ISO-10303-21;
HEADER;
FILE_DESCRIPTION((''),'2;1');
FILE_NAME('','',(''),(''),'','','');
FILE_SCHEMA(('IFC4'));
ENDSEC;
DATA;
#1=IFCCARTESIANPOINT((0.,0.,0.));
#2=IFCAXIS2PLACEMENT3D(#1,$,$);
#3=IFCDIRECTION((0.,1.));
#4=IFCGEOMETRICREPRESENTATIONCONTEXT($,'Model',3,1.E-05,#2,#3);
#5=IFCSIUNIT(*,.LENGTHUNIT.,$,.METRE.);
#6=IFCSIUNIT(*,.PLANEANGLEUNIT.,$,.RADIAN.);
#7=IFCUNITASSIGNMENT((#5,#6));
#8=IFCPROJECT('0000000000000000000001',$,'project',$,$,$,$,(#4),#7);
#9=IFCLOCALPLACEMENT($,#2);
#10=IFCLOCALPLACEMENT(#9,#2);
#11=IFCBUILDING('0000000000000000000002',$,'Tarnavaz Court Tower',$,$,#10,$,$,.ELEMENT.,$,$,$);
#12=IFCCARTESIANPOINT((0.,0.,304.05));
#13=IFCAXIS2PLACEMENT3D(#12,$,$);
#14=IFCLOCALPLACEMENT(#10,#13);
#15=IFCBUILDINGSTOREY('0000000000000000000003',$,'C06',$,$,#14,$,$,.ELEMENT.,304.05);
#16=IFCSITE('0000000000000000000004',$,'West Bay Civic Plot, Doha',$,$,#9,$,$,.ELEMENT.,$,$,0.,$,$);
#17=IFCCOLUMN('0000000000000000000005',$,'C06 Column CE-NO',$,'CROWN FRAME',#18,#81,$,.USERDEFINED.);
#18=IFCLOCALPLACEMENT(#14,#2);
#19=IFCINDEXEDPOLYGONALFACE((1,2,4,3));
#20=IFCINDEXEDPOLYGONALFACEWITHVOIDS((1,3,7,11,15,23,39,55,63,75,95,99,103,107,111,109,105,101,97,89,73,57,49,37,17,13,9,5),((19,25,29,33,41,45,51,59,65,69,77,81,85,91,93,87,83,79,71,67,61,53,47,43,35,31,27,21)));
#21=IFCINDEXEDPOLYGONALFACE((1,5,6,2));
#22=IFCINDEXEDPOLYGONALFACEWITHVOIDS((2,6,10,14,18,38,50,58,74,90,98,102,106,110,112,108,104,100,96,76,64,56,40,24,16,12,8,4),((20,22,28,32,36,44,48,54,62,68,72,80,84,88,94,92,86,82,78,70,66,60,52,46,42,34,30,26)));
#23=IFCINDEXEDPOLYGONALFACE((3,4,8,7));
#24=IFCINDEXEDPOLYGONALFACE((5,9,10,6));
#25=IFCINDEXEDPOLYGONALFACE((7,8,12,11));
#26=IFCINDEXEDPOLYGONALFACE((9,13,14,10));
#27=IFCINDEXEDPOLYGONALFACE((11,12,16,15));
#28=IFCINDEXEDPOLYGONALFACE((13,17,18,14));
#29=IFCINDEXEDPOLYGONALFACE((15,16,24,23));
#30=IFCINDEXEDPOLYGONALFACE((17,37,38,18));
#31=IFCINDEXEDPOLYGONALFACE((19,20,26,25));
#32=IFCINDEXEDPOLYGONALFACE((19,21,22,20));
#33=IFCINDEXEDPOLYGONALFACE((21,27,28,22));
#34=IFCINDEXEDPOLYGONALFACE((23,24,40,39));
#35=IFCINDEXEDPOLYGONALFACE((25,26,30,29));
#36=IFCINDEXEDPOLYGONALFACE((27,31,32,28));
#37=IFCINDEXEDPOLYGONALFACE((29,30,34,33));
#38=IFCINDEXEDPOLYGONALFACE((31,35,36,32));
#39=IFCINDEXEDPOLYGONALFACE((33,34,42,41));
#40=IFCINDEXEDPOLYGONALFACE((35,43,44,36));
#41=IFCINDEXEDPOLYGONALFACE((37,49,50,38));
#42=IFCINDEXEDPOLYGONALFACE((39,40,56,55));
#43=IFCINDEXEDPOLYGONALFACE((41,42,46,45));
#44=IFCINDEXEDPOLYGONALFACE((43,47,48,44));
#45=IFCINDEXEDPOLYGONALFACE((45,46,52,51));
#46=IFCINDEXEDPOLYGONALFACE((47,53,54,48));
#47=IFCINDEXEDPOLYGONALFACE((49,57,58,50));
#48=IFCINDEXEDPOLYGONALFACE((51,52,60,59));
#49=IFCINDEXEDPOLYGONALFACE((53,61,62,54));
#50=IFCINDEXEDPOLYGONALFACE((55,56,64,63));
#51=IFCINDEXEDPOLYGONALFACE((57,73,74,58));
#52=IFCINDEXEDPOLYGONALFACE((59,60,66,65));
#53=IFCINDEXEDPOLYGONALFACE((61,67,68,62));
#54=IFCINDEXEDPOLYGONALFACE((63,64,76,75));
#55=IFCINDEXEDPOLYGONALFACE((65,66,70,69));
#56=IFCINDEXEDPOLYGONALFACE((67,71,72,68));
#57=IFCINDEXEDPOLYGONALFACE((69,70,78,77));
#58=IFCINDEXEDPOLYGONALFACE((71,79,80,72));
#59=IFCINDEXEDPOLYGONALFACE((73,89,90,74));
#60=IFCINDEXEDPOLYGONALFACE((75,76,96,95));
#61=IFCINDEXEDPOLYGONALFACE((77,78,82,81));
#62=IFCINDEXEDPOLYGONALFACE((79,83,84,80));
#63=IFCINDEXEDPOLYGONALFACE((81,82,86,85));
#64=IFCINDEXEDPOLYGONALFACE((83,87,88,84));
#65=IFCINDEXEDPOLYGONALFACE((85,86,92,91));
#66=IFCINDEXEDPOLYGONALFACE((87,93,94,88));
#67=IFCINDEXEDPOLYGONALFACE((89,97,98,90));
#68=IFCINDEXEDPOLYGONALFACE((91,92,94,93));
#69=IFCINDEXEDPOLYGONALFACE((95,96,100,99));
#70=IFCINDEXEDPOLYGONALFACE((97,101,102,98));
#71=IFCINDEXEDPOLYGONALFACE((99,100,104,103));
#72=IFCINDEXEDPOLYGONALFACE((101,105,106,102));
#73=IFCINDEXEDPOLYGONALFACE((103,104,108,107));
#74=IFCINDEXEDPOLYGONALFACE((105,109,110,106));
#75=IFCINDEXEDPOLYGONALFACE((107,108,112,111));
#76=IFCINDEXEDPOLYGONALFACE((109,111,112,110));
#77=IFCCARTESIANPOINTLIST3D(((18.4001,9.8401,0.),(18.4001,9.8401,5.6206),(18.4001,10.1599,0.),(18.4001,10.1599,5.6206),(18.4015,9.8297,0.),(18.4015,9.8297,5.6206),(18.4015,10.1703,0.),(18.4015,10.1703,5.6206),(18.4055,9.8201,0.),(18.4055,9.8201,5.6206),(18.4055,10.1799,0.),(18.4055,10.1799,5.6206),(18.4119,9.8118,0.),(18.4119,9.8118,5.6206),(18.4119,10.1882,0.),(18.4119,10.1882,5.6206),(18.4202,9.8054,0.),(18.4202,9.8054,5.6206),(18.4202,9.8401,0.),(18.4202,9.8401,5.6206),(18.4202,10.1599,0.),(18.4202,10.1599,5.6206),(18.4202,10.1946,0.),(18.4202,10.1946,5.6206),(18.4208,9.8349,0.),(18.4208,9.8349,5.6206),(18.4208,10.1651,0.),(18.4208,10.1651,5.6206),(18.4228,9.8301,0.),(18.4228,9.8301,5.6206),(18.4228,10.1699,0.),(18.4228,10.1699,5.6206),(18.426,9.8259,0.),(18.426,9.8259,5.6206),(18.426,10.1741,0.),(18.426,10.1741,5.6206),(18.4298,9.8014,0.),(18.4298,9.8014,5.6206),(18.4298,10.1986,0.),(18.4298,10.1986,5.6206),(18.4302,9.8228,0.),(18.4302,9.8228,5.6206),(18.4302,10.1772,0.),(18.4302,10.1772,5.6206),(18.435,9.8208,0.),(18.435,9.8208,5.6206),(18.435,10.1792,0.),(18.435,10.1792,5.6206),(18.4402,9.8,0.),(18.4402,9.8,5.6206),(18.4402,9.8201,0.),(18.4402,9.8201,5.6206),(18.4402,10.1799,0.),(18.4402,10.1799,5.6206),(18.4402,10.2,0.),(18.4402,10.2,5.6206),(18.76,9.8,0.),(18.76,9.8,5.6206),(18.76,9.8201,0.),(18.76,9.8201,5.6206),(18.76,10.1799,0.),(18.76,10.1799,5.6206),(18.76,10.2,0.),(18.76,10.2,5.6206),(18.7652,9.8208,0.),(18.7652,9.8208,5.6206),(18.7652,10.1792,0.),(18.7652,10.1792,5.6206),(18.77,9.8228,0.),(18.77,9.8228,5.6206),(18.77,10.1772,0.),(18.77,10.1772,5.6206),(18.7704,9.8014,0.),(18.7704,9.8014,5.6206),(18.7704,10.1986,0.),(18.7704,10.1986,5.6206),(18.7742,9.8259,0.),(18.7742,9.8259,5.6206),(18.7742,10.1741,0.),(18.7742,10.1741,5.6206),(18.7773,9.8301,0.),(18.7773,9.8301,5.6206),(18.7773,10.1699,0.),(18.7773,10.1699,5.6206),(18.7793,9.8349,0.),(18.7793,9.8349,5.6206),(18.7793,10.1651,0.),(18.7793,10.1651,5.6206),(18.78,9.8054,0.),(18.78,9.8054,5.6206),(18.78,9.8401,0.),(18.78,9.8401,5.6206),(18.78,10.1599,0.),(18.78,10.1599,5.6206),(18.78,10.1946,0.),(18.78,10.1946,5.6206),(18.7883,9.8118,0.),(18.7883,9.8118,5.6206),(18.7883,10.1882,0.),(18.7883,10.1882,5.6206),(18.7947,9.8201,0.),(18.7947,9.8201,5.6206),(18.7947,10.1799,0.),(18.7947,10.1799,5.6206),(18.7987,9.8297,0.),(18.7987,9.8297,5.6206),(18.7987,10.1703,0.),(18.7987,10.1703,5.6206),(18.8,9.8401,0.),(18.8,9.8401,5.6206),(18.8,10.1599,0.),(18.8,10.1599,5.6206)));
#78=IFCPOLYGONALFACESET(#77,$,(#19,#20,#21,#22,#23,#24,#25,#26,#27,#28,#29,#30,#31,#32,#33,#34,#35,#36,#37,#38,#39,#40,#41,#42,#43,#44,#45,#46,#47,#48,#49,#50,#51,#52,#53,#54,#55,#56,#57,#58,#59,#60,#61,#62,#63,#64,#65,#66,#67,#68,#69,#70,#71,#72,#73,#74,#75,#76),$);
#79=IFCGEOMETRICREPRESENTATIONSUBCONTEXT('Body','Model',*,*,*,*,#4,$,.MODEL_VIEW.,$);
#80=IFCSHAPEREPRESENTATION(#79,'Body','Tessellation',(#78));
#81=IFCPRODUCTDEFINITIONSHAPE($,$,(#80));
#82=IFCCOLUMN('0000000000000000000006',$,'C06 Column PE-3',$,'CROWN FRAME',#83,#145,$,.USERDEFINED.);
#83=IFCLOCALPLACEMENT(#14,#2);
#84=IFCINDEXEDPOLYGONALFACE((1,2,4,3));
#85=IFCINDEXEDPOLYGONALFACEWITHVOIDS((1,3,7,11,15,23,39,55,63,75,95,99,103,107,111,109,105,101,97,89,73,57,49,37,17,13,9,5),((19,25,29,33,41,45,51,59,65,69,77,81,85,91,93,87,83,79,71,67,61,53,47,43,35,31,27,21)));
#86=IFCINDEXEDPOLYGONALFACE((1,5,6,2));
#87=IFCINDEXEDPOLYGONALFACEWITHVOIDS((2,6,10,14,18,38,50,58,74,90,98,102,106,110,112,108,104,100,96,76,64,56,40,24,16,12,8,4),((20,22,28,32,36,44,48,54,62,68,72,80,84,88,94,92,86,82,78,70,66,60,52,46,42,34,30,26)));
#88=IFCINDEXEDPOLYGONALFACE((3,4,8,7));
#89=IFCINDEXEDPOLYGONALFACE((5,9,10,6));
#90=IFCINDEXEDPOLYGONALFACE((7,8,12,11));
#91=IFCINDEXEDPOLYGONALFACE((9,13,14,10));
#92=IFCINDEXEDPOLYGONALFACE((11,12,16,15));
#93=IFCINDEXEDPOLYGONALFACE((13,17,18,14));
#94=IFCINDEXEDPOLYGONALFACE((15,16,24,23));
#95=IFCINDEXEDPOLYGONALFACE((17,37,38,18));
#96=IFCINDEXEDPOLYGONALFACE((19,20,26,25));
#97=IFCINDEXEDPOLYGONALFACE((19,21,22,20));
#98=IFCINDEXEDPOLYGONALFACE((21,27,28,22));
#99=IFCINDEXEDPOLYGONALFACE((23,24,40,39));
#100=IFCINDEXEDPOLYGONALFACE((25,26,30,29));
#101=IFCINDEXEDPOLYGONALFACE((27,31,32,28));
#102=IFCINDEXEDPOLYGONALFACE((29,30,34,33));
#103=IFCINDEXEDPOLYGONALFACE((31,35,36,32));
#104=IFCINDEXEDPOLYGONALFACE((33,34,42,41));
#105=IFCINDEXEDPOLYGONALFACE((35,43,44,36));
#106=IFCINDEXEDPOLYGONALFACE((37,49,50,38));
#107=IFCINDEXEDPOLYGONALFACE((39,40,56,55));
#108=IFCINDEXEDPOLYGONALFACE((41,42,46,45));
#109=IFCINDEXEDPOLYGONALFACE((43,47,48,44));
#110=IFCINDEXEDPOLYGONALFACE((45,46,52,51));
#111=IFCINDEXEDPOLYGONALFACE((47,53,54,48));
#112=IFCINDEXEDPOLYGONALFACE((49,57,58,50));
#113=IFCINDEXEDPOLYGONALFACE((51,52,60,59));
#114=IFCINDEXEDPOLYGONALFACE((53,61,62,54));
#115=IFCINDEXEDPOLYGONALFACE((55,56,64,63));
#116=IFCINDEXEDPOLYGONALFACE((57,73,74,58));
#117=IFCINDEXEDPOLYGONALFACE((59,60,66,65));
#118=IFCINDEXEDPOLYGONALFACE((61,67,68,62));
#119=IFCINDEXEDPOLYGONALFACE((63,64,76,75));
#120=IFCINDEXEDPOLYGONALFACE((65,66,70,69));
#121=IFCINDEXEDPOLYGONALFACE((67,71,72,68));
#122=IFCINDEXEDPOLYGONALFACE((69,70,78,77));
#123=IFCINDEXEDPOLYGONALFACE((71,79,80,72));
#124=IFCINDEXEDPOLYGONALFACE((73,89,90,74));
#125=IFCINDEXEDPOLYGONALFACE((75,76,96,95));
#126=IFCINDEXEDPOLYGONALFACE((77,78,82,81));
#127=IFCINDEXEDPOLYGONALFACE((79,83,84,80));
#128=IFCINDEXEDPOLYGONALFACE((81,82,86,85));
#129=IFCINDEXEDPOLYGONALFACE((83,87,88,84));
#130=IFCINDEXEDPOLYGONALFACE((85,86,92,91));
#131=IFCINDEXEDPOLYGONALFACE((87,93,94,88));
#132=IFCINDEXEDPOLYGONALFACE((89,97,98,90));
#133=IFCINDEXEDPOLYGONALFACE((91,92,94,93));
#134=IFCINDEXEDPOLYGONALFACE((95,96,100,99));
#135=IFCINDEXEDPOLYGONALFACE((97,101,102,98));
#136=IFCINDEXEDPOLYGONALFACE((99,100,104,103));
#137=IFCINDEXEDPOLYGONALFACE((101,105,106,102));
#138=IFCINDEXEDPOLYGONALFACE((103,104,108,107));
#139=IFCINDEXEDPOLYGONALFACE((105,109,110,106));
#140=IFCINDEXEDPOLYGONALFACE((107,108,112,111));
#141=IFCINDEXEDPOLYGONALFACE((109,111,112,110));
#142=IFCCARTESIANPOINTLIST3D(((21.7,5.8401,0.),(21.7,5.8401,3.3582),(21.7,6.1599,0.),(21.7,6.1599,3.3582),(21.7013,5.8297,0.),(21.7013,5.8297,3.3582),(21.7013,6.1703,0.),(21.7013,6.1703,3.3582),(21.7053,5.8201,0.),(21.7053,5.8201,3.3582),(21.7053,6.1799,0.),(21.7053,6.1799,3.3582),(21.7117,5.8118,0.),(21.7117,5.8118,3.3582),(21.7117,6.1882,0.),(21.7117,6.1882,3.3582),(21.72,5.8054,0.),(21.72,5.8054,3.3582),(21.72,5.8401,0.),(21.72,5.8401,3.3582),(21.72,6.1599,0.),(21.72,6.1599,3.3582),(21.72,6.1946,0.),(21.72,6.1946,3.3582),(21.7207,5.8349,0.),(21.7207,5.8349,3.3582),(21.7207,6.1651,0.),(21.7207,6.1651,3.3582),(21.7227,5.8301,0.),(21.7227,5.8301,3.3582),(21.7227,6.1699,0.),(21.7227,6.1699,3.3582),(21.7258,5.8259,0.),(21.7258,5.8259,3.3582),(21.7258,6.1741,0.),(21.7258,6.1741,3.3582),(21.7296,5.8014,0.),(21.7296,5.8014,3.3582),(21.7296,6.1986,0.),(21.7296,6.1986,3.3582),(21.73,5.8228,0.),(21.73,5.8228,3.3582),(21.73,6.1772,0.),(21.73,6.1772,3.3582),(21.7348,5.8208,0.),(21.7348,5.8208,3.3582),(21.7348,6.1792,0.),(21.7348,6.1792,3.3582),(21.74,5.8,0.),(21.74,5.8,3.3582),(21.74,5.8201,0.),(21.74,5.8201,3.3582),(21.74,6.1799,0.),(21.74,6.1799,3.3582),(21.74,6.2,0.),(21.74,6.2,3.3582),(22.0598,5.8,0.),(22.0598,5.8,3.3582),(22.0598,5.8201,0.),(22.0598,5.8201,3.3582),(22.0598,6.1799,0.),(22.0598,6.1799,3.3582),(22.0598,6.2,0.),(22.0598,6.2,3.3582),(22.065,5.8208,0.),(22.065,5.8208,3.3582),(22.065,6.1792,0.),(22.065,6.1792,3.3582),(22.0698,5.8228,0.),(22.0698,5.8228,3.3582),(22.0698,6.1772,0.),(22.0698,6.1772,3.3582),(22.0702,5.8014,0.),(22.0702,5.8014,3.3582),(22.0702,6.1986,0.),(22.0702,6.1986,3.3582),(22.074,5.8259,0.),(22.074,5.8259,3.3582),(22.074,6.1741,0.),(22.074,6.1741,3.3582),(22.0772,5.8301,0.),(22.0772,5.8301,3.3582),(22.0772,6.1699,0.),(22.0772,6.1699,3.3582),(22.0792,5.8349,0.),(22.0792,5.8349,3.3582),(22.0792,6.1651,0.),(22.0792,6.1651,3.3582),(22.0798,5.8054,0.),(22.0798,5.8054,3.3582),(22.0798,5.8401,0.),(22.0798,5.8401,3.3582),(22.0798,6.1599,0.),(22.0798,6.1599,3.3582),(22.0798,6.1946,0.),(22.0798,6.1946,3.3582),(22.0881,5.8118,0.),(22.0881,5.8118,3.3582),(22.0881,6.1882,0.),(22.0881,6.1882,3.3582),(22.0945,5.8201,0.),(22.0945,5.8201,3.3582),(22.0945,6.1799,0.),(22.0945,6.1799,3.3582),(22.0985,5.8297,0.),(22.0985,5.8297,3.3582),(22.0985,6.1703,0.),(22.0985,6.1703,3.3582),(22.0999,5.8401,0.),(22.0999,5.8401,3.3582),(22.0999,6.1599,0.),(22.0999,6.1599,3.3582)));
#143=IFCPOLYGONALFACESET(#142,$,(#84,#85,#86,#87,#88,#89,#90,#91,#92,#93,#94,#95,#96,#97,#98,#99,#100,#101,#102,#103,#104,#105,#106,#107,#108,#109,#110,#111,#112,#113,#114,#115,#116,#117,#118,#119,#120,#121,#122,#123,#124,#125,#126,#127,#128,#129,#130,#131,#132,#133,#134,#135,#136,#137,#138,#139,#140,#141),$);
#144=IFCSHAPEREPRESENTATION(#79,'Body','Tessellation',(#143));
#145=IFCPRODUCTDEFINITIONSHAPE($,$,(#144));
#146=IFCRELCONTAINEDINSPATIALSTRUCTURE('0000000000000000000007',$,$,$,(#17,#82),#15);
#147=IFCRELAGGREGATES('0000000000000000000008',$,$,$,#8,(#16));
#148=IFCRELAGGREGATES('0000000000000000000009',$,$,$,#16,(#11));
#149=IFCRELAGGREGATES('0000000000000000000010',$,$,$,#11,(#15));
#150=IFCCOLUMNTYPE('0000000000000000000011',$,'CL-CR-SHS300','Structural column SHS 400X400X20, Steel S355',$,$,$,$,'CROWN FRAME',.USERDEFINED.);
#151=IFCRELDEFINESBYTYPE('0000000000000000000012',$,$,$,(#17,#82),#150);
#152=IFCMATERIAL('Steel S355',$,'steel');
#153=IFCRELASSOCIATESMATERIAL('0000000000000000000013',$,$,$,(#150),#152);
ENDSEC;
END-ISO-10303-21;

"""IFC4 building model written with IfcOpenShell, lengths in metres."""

from ifc_helpers import new_model, si_unit, direction, frame, origin, origin_2d, place, context, subcontext, project, spatial, hollow_rectangle, extrude, material, material_profile, profile_set, type_object, element, save


model = new_model("IFC4")

# Units and contexts
model_context = context("Model", 3, precision=1e-05, world=origin(), true_north=direction((0.0, 1.0)))
body_context = subcontext(model_context, "Body", "Model", "MODEL_VIEW")
ifc_project = project(units=[si_unit("LENGTHUNIT", "METRE"), si_unit("PLANEANGLEUNIT", "RADIAN")], contexts=[model_context])

# Site, building, storey
site_placement = place(None, origin())
site = spatial("IfcSite", under=ifc_project, at=site_placement, Name="West Bay Civic Plot, Doha", CompositionType="ELEMENT", RefElevation=0.0)
building_placement = place(site_placement, origin())
building = spatial("IfcBuilding", under=site, at=building_placement, Name="Tarnavaz Court Tower", CompositionType="ELEMENT")
storey_placement = place(building_placement, frame((0.0, 0.0, 304.05)))
storey = spatial("IfcBuildingStorey", under=building, at=storey_placement, Name="C06", CompositionType="ELEMENT", Elevation=304.05)

# Columns
ifc_material_1 = material(Name="Steel S355", Category="steel")
ifc_material_profile_1 = material_profile(ifc_material_1, hollow_rectangle(XDim=0.3999, YDim=0.3999, WallThickness=0.02, InnerFilletRadius=0.02, OuterFilletRadius=0.04, at=origin_2d()), Name="SHS 400X400X20")
ifc_profile_set_1 = profile_set([ifc_material_profile_1], Name="Steel S355")
column_type = type_object("IfcColumnType", Name="CL-CR-SHS300", Description="Structural column SHS 400X400X20, Steel S355", ElementType="CROWN FRAME", PredefinedType="USERDEFINED", material=ifc_profile_set_1)
column_1_placement = place(storey_placement, frame((18.6001, 10.0, 0.0), z_axis=(0.0, 0.0, 1.0), x_axis=(1.0, 0.0, 0.0)))
element("IfcColumn", 1, at=column_1_placement, inside=storey, type_object=column_type, Name="C06 Column CE-NO", ObjectType="CROWN FRAME", PredefinedType="USERDEFINED", context=body_context, shape_type="SweptSolid", body=[
    extrude(hollow_rectangle(XDim=0.3999, YDim=0.3999, WallThickness=0.02, InnerFilletRadius=0.02, OuterFilletRadius=0.04, at=origin_2d()), origin(), (0.0, 0.0, 1.0), 5.6206),
])
column_2_placement = place(storey_placement, frame((21.8999, 6.0, 0.0), z_axis=(0.0, 0.0, 1.0), x_axis=(1.0, 0.0, 0.0)))
element("IfcColumn", 2, at=column_2_placement, inside=storey, type_object=column_type, Name="C06 Column PE-3", ObjectType="CROWN FRAME", PredefinedType="USERDEFINED", context=body_context, shape_type="SweptSolid", body=[
    extrude(hollow_rectangle(XDim=0.3999, YDim=0.3999, WallThickness=0.02, InnerFilletRadius=0.02, OuterFilletRadius=0.04, at=origin_2d()), origin(), (0.0, 0.0, 1.0), 3.3582),
])

save(model, "model.ifc")
